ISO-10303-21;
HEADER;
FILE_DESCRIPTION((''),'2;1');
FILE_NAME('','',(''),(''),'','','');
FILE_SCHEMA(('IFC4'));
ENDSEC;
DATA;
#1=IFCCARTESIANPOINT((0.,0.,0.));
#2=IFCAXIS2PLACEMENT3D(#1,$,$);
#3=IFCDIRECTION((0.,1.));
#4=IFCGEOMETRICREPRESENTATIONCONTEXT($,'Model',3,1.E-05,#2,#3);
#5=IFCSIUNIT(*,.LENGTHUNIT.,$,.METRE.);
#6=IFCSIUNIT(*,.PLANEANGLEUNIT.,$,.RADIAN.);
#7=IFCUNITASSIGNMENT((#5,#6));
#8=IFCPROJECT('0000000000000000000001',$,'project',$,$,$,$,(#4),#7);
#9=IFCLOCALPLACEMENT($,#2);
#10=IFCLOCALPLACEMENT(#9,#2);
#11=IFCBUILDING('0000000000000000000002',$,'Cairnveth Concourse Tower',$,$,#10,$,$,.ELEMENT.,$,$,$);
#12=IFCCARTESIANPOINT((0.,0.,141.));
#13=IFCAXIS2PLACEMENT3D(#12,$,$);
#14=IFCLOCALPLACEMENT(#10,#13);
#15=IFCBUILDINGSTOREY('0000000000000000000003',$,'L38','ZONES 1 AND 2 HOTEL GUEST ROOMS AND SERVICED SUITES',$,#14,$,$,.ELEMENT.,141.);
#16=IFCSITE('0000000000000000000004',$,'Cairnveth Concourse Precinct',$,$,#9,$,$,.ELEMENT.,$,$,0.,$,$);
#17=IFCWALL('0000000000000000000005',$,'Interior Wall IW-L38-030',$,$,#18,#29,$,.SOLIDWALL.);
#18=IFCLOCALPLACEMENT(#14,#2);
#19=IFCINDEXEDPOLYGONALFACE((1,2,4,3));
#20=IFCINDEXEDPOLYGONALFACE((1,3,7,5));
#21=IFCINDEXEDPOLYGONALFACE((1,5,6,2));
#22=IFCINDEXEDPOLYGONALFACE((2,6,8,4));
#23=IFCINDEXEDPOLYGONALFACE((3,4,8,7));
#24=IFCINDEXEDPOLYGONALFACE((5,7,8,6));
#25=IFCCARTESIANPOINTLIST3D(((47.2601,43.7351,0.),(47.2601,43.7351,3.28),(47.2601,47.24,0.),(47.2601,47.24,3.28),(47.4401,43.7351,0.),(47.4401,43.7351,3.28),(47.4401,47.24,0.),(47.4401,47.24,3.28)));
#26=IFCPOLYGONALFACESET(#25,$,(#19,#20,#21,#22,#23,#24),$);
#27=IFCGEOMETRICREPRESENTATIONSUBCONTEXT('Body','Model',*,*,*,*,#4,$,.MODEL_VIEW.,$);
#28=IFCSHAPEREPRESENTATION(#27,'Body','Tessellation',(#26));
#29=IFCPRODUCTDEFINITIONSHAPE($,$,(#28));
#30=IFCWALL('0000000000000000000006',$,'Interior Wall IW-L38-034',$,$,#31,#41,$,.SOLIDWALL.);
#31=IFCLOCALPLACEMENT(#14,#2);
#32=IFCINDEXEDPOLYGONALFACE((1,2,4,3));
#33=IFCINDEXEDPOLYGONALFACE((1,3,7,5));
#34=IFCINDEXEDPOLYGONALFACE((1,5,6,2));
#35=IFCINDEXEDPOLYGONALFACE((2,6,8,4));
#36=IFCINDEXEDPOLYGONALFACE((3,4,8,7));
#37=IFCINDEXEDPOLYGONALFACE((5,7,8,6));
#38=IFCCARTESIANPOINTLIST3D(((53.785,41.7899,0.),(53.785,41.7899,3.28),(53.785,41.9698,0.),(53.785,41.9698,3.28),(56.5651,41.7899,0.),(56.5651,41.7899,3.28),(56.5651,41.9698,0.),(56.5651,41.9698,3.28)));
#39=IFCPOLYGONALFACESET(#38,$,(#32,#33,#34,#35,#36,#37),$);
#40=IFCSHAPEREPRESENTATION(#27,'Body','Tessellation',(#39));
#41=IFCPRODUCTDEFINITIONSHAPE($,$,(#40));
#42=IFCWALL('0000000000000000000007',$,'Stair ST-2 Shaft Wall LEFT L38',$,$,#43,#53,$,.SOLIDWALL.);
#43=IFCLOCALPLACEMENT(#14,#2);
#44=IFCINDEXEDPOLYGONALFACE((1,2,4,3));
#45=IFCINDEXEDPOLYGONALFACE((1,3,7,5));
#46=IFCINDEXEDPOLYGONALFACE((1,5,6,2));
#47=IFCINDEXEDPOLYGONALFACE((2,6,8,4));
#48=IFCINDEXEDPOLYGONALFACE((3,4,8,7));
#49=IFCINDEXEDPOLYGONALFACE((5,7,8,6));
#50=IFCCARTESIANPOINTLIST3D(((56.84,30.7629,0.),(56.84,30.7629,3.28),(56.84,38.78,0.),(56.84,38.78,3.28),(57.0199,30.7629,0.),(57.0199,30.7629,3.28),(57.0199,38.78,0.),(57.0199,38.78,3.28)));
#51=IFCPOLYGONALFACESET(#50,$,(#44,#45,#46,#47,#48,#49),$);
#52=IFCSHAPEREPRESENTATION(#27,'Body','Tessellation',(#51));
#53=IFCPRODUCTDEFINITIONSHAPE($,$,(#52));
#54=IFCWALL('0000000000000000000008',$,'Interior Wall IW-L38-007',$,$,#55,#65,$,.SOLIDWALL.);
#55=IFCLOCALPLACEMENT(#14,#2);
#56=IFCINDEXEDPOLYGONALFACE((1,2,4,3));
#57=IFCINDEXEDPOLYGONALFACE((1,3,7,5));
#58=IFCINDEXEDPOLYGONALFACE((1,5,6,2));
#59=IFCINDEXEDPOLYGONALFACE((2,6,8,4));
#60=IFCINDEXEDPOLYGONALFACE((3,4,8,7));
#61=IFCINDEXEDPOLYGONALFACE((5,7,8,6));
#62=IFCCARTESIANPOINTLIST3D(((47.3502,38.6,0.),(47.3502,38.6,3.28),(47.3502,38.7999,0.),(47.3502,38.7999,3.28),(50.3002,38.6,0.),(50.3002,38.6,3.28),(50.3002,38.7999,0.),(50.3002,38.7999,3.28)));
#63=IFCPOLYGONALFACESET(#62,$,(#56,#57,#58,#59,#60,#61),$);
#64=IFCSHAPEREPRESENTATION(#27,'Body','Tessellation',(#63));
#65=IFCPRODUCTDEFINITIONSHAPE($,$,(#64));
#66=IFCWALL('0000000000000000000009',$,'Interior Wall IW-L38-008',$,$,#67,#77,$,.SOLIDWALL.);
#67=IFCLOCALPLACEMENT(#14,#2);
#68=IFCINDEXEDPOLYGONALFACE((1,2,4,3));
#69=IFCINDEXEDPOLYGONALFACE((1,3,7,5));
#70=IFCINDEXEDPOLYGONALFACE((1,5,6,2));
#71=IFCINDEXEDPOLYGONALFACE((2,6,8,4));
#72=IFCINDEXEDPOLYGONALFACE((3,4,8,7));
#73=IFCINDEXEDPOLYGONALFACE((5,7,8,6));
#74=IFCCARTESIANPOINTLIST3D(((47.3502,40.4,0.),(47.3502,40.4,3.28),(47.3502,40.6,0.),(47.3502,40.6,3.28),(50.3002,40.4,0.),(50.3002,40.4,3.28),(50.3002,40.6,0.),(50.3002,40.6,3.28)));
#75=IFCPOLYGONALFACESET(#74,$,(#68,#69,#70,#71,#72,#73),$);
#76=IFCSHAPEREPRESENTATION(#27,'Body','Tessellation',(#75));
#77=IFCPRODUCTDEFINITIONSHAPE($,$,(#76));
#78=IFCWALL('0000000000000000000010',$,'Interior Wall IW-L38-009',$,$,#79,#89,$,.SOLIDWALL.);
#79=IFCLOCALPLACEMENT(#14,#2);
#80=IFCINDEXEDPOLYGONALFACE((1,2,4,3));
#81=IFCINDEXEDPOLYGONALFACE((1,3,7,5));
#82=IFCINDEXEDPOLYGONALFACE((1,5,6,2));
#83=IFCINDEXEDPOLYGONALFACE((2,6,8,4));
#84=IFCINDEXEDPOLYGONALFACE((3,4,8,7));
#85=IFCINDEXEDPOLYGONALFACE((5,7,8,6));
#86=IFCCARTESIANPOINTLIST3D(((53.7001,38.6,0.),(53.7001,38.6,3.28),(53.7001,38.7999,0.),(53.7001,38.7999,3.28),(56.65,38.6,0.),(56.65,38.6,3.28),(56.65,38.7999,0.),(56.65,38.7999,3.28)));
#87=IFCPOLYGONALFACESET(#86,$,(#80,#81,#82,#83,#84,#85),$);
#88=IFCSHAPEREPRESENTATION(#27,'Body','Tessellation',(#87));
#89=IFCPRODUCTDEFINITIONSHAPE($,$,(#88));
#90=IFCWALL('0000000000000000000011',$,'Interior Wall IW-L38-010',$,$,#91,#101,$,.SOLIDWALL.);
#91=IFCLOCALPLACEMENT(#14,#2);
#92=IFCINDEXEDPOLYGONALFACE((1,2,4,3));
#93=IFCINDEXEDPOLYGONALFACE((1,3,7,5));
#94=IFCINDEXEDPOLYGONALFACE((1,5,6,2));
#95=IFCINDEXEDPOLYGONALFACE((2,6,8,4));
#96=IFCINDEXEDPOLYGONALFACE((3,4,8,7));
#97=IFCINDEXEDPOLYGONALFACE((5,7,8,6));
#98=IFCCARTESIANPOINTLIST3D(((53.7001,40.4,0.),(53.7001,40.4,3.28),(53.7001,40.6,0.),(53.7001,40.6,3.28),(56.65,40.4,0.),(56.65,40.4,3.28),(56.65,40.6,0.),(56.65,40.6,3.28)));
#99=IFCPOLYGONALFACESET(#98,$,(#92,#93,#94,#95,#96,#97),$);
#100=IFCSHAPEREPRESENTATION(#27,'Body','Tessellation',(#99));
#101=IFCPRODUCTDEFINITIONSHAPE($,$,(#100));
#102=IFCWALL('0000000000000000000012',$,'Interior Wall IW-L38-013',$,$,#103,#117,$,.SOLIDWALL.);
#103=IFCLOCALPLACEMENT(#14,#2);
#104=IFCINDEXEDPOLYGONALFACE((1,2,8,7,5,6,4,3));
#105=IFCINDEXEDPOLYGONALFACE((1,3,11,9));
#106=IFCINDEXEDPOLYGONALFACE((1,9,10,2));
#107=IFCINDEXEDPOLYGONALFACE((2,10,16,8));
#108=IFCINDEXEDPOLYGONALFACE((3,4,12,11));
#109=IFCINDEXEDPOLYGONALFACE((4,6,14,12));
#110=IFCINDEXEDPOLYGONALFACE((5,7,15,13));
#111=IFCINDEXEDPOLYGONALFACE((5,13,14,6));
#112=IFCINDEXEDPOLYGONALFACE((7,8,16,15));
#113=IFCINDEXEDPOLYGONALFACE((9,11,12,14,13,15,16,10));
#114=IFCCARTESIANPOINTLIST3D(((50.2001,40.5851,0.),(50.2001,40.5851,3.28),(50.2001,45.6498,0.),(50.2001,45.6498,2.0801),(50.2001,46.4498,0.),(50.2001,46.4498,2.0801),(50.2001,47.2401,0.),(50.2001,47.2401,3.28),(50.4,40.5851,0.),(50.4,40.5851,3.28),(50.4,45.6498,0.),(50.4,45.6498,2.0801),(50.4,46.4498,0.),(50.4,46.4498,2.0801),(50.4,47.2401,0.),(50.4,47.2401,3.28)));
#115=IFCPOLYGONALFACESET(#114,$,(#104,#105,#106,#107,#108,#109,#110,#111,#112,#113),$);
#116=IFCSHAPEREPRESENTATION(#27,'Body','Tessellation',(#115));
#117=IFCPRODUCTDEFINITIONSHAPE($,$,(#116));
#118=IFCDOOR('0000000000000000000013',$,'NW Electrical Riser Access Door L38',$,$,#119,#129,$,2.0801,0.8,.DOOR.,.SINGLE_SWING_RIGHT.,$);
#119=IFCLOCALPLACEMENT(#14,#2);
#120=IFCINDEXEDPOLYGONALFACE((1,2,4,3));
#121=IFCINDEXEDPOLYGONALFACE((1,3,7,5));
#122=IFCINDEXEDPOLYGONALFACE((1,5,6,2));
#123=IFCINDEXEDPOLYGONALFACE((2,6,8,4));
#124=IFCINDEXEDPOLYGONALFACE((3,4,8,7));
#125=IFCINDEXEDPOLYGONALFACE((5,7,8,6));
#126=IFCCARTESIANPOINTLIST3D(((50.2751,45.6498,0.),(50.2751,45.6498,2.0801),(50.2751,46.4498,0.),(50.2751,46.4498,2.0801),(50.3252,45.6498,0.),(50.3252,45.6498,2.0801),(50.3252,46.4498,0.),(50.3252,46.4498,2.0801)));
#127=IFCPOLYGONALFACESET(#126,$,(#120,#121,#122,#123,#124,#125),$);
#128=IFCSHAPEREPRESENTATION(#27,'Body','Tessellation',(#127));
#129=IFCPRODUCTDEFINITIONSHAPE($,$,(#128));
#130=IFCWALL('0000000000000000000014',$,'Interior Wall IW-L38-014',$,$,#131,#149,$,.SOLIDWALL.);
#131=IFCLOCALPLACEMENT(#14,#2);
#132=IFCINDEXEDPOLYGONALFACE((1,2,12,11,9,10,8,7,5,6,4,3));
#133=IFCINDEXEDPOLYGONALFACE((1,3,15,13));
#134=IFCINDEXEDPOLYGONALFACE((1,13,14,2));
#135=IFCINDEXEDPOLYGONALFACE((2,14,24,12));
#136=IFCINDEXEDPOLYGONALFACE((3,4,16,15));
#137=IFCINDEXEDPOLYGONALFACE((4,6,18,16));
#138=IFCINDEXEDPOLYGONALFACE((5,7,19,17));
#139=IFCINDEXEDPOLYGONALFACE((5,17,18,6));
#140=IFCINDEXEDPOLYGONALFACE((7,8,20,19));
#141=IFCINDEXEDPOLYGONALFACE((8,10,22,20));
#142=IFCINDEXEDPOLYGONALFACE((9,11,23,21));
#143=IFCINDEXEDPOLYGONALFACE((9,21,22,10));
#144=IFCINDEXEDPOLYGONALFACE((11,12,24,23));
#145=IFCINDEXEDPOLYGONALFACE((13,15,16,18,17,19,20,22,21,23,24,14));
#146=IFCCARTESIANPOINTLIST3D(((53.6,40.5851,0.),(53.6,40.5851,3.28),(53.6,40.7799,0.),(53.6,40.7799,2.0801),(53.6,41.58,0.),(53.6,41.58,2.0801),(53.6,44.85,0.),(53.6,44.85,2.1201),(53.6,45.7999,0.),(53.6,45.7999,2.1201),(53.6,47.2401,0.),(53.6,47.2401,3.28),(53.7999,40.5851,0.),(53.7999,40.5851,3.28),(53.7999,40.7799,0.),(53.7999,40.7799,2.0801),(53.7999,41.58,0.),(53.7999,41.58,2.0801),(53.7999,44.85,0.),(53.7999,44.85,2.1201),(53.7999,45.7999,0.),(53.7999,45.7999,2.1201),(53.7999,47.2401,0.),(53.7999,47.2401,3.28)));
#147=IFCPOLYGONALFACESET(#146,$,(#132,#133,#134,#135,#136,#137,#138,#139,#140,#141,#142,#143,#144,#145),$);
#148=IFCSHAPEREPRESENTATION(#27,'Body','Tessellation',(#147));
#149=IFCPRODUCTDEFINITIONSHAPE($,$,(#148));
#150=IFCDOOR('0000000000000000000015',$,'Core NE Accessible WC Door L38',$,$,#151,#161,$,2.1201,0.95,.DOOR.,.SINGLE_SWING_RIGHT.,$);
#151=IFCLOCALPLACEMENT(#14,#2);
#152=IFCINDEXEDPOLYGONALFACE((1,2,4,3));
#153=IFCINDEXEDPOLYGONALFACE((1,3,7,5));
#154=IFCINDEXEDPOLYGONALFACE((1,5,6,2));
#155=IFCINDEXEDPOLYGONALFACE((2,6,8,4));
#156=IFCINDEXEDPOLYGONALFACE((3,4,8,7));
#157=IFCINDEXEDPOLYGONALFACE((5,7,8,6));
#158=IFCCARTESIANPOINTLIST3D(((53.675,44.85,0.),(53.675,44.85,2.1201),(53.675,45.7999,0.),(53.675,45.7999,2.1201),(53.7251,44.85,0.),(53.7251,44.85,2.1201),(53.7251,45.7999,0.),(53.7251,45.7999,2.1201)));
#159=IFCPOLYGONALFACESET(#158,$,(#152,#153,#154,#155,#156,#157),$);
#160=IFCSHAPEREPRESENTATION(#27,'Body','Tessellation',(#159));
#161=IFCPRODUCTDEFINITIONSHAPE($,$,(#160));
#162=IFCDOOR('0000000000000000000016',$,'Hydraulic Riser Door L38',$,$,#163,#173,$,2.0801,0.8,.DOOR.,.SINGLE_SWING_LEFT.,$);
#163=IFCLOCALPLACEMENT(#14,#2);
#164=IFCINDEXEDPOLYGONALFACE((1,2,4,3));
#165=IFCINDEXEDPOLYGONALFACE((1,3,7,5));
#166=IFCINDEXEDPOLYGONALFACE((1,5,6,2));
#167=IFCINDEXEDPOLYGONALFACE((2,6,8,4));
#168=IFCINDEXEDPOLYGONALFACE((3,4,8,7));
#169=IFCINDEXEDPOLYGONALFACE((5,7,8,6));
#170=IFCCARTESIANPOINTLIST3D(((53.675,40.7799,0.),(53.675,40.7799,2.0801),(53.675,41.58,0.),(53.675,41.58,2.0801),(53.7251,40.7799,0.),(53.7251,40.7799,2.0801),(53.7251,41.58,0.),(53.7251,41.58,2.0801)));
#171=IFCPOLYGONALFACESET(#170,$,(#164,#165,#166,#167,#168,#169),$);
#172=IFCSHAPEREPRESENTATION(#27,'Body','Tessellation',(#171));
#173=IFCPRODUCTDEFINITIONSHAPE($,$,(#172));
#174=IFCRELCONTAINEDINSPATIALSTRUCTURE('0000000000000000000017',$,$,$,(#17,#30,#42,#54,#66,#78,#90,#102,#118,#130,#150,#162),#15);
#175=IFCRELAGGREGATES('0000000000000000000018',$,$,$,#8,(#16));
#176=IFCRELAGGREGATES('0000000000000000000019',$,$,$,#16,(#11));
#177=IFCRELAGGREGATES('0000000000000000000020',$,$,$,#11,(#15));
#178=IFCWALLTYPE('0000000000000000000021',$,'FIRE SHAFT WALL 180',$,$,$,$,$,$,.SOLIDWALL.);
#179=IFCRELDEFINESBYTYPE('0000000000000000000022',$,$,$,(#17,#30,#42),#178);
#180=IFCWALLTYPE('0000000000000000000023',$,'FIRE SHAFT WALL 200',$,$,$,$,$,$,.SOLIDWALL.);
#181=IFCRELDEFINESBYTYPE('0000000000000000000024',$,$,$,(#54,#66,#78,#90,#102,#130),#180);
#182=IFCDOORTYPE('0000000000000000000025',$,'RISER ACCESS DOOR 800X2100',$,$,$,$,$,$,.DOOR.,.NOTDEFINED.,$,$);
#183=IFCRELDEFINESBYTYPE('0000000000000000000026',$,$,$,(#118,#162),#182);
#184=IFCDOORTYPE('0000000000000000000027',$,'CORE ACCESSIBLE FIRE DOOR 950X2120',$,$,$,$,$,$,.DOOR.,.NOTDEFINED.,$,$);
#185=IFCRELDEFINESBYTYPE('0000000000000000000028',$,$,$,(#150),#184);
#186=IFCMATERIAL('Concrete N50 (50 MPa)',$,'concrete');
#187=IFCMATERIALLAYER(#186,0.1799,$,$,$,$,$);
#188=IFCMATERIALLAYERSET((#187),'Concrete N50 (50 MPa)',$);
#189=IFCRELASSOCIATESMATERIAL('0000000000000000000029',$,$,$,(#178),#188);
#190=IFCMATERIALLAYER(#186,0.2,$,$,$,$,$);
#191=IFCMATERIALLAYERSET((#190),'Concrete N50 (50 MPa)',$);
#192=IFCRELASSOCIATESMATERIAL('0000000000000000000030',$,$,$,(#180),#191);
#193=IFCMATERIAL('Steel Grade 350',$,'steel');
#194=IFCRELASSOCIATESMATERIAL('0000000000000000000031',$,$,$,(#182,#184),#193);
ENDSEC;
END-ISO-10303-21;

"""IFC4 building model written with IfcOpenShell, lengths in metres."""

from ifc_helpers import new_model, si_unit, direction, frame, frame_2d, origin, place, context, subcontext, project, spatial, rectangle, extrude, material, layer, layer_set, type_object, element, fill, save


model = new_model("IFC4")

# Units and contexts
model_context = context("Model", 3, precision=1e-05, world=origin(), true_north=direction((0.0, 1.0)))
body_context = subcontext(model_context, "Body", "Model", "MODEL_VIEW")
ifc_project = project(units=[si_unit("LENGTHUNIT", "METRE"), si_unit("PLANEANGLEUNIT", "RADIAN")], contexts=[model_context])

# Site, building, storey
site_placement = place(None, origin())
site = spatial("IfcSite", under=ifc_project, at=site_placement, Name="Cairnveth Concourse Precinct", CompositionType="ELEMENT", RefElevation=0.0)
building_placement = place(site_placement, origin())
building = spatial("IfcBuilding", under=site, at=building_placement, Name="Cairnveth Concourse Tower", CompositionType="ELEMENT")
storey_placement = place(building_placement, frame((0.0, 0.0, 141.0)))
storey = spatial("IfcBuildingStorey", under=building, at=storey_placement, Name="L38", Description="ZONES 1 AND 2 HOTEL GUEST ROOMS AND SERVICED SUITES", CompositionType="ELEMENT", Elevation=141.0)

# Walls
ifc_material_1 = material(Name="Concrete N50 (50 MPa)", Category="concrete")
ifc_layer_1 = layer(ifc_material_1, 0.1799)
ifc_layer_set_1 = layer_set([ifc_layer_1], Name="Concrete N50 (50 MPa)")
wall_type_1 = type_object("IfcWallType", Name="FIRE SHAFT WALL 180", PredefinedType="SOLIDWALL", material=ifc_layer_set_1)
wall_1_placement = place(storey_placement, frame((47.3501, 43.7351, 0.0), z_axis=(0.0, 0.0, 1.0), x_axis=(0.0, 1.0, 0.0)))
element("IfcWall", 1, at=wall_1_placement, inside=storey, type_object=wall_type_1, Name="Interior Wall IW-L38-030", PredefinedType="SOLIDWALL", context=body_context, shape_type="SweptSolid", body=[
    extrude(rectangle(XDim=3.5049, YDim=0.1799, at=frame_2d((1.7524, 0.0))), origin(), (0.0, 0.0, 1.0), 3.28),
])
wall_2_placement = place(storey_placement, frame((53.7849, 41.8799, 0.0), z_axis=(0.0, 0.0, 1.0), x_axis=(1.0, 0.0, 0.0)))
element("IfcWall", 2, at=wall_2_placement, inside=storey, type_object=wall_type_1, Name="Interior Wall IW-L38-034", PredefinedType="SOLIDWALL", context=body_context, shape_type="SweptSolid", body=[
    extrude(rectangle(XDim=2.78, YDim=0.1799, at=frame_2d((1.3901, 0.0))), origin(), (0.0, 0.0, 1.0), 3.28),
])

# Shared definitions
ifc_material_2 = material(Name="Steel Grade 350", Category="steel")

# Walls
wall_3_placement = place(storey_placement, frame((56.9299, 38.78, 0.0), z_axis=(0.0, 0.0, 1.0), x_axis=(0.0, -1.0, 0.0)))
element("IfcWall", 3, at=wall_3_placement, inside=storey, type_object=wall_type_1, Name="Stair ST-2 Shaft Wall LEFT L38", PredefinedType="SOLIDWALL", context=body_context, shape_type="SweptSolid", body=[
    extrude(rectangle(XDim=8.0171, YDim=0.1799, at=frame_2d((4.0085, 0.0))), origin(), (0.0, 0.0, 1.0), 3.28),
])
ifc_layer_2 = layer(ifc_material_1, 0.2)
ifc_layer_set_2 = layer_set([ifc_layer_2], Name="Concrete N50 (50 MPa)")
wall_type_2 = type_object("IfcWallType", Name="FIRE SHAFT WALL 200", PredefinedType="SOLIDWALL", material=ifc_layer_set_2)
for number, where, z_axis, x_axis, name in (
    (4, (47.3501, 38.7, 0.0), (0.0, 0.0, 1.0), (1.0, 0.0, 0.0), "Interior Wall IW-L38-007"),
    (5, (47.3501, 40.5, 0.0), (0.0, 0.0, 1.0), (1.0, 0.0, 0.0), "Interior Wall IW-L38-008"),
    (6, (53.7, 38.7, 0.0), (0.0, 0.0, 1.0), (1.0, 0.0, 0.0), "Interior Wall IW-L38-009"),
    (7, (53.7, 40.5, 0.0), (0.0, 0.0, 1.0), (1.0, 0.0, 0.0), "Interior Wall IW-L38-010"),
):
    element("IfcWall", number, at=place(storey_placement, frame(where, z_axis=z_axis, x_axis=x_axis)), inside=storey, type_object=wall_type_2, Name=name, PredefinedType="SOLIDWALL", context=body_context, shape_type="SweptSolid", body=[
        extrude(rectangle(XDim=2.95, YDim=0.2, at=frame_2d((1.4751, 0.0))), origin(), (0.0, 0.0, 1.0), 3.28),
    ])

# Wall, opening, door
wall_4_placement = place(storey_placement, frame((50.3, 40.585, 0.0), z_axis=(0.0, 0.0, 1.0), x_axis=(0.0, 1.0, 0.0)))
wall_4 = element("IfcWall", 8, at=wall_4_placement, inside=storey, type_object=wall_type_2, Name="Interior Wall IW-L38-013", PredefinedType="SOLIDWALL", context=body_context, shape_type="SweptSolid", body=[
    extrude(rectangle(XDim=6.655, YDim=0.2, at=frame_2d((3.3276, 0.0))), origin(), (0.0, 0.0, 1.0), 3.28),
])
opening_1_placement = place(wall_4_placement, frame((5.0649, 0.0, 0.0)))
opening_1 = element("IfcOpeningElement", 9, at=opening_1_placement, cuts=wall_4, PredefinedType="OPENING", context=body_context, shape_type="SweptSolid", body=[
    extrude(rectangle(XDim=0.8, YDim=2.0801, at=frame_2d((0.3999, 1.04))), frame((0.0, 0.1099, 0.0), z_axis=(0.0, -1.0, 0.0), x_axis=(1.0, 0.0, 0.0)), (0.0, 0.0, 1.0), 0.22),
])
door_type_1 = type_object("IfcDoorType", Name="RISER ACCESS DOOR 800X2100", OperationType="NOTDEFINED", PredefinedType="DOOR", material=ifc_material_2)
door_1_placement = place(opening_1_placement, origin())
door_1 = element("IfcDoor", 10, at=door_1_placement, inside=storey, type_object=door_type_1, Name="NW Electrical Riser Access Door L38", OperationType="SINGLE_SWING_RIGHT", OverallHeight=2.0801, OverallWidth=0.8, PredefinedType="DOOR", context=body_context, shape_type="SweptSolid", body=[
    extrude(rectangle(XDim=0.8, YDim=2.0801, at=frame_2d((0.3999, 1.04))), frame((0.0, 0.0249, 0.0), z_axis=(0.0, -1.0, 0.0), x_axis=(1.0, 0.0, 0.0)), (0.0, 0.0, 1.0), 0.05),
])
fill(opening_1, door_1)

# Wall, openings, doors
wall_5_placement = place(storey_placement, frame((53.7, 40.585, 0.0), z_axis=(0.0, 0.0, 1.0), x_axis=(0.0, 1.0, 0.0)))
wall_5 = element("IfcWall", 11, at=wall_5_placement, inside=storey, type_object=wall_type_2, Name="Interior Wall IW-L38-014", PredefinedType="SOLIDWALL", context=body_context, shape_type="SweptSolid", body=[
    extrude(rectangle(XDim=6.655, YDim=0.2, at=frame_2d((3.3276, 0.0))), origin(), (0.0, 0.0, 1.0), 3.28),
])
opening_2_placement = place(wall_5_placement, frame((0.1951, 0.0, 0.0)))
opening_2 = element("IfcOpeningElement", 12, at=opening_2_placement, cuts=wall_5, PredefinedType="OPENING", context=body_context, shape_type="SweptSolid", body=[
    extrude(rectangle(XDim=0.8, YDim=2.0801, at=frame_2d((0.3999, 1.04))), frame((0.0, 0.1099, 0.0), z_axis=(0.0, -1.0, 0.0), x_axis=(1.0, 0.0, 0.0)), (0.0, 0.0, 1.0), 0.22),
])
opening_3_placement = place(wall_5_placement, frame((4.2649, 0.0, 0.0)))
opening_3 = element("IfcOpeningElement", 13, at=opening_3_placement, cuts=wall_5, PredefinedType="OPENING", context=body_context, shape_type="SweptSolid", body=[
    extrude(rectangle(XDim=0.95, YDim=2.1201, at=frame_2d((0.4751, 1.0601))), frame((0.0, 0.1099, 0.0), z_axis=(0.0, -1.0, 0.0), x_axis=(1.0, 0.0, 0.0)), (0.0, 0.0, 1.0), 0.22),
])
door_type_2 = type_object("IfcDoorType", Name="CORE ACCESSIBLE FIRE DOOR 950X2120", OperationType="NOTDEFINED", PredefinedType="DOOR", material=ifc_material_2)
door_2_placement = place(opening_3_placement, origin())
door_2 = element("IfcDoor", 14, at=door_2_placement, inside=storey, type_object=door_type_2, Name="Core NE Accessible WC Door L38", OperationType="SINGLE_SWING_RIGHT", OverallHeight=2.1201, OverallWidth=0.95, PredefinedType="DOOR", context=body_context, shape_type="SweptSolid", body=[
    extrude(rectangle(XDim=0.95, YDim=2.1201, at=frame_2d((0.4751, 1.0601))), frame((0.0, 0.0249, 0.0), z_axis=(0.0, -1.0, 0.0), x_axis=(1.0, 0.0, 0.0)), (0.0, 0.0, 1.0), 0.05),
])
fill(opening_3, door_2)
door_3_placement = place(opening_2_placement, origin())
door_3 = element("IfcDoor", 15, at=door_3_placement, inside=storey, type_object=door_type_1, Name="Hydraulic Riser Door L38", OperationType="SINGLE_SWING_LEFT", OverallHeight=2.0801, OverallWidth=0.8, PredefinedType="DOOR", context=body_context, shape_type="SweptSolid", body=[
    extrude(rectangle(XDim=0.8, YDim=2.0801, at=frame_2d((0.3999, 1.04))), frame((0.0, 0.0249, 0.0), z_axis=(0.0, -1.0, 0.0), x_axis=(1.0, 0.0, 0.0)), (0.0, 0.0, 1.0), 0.05),
])
fill(opening_2, door_3)

save(model, "model.ifc")
